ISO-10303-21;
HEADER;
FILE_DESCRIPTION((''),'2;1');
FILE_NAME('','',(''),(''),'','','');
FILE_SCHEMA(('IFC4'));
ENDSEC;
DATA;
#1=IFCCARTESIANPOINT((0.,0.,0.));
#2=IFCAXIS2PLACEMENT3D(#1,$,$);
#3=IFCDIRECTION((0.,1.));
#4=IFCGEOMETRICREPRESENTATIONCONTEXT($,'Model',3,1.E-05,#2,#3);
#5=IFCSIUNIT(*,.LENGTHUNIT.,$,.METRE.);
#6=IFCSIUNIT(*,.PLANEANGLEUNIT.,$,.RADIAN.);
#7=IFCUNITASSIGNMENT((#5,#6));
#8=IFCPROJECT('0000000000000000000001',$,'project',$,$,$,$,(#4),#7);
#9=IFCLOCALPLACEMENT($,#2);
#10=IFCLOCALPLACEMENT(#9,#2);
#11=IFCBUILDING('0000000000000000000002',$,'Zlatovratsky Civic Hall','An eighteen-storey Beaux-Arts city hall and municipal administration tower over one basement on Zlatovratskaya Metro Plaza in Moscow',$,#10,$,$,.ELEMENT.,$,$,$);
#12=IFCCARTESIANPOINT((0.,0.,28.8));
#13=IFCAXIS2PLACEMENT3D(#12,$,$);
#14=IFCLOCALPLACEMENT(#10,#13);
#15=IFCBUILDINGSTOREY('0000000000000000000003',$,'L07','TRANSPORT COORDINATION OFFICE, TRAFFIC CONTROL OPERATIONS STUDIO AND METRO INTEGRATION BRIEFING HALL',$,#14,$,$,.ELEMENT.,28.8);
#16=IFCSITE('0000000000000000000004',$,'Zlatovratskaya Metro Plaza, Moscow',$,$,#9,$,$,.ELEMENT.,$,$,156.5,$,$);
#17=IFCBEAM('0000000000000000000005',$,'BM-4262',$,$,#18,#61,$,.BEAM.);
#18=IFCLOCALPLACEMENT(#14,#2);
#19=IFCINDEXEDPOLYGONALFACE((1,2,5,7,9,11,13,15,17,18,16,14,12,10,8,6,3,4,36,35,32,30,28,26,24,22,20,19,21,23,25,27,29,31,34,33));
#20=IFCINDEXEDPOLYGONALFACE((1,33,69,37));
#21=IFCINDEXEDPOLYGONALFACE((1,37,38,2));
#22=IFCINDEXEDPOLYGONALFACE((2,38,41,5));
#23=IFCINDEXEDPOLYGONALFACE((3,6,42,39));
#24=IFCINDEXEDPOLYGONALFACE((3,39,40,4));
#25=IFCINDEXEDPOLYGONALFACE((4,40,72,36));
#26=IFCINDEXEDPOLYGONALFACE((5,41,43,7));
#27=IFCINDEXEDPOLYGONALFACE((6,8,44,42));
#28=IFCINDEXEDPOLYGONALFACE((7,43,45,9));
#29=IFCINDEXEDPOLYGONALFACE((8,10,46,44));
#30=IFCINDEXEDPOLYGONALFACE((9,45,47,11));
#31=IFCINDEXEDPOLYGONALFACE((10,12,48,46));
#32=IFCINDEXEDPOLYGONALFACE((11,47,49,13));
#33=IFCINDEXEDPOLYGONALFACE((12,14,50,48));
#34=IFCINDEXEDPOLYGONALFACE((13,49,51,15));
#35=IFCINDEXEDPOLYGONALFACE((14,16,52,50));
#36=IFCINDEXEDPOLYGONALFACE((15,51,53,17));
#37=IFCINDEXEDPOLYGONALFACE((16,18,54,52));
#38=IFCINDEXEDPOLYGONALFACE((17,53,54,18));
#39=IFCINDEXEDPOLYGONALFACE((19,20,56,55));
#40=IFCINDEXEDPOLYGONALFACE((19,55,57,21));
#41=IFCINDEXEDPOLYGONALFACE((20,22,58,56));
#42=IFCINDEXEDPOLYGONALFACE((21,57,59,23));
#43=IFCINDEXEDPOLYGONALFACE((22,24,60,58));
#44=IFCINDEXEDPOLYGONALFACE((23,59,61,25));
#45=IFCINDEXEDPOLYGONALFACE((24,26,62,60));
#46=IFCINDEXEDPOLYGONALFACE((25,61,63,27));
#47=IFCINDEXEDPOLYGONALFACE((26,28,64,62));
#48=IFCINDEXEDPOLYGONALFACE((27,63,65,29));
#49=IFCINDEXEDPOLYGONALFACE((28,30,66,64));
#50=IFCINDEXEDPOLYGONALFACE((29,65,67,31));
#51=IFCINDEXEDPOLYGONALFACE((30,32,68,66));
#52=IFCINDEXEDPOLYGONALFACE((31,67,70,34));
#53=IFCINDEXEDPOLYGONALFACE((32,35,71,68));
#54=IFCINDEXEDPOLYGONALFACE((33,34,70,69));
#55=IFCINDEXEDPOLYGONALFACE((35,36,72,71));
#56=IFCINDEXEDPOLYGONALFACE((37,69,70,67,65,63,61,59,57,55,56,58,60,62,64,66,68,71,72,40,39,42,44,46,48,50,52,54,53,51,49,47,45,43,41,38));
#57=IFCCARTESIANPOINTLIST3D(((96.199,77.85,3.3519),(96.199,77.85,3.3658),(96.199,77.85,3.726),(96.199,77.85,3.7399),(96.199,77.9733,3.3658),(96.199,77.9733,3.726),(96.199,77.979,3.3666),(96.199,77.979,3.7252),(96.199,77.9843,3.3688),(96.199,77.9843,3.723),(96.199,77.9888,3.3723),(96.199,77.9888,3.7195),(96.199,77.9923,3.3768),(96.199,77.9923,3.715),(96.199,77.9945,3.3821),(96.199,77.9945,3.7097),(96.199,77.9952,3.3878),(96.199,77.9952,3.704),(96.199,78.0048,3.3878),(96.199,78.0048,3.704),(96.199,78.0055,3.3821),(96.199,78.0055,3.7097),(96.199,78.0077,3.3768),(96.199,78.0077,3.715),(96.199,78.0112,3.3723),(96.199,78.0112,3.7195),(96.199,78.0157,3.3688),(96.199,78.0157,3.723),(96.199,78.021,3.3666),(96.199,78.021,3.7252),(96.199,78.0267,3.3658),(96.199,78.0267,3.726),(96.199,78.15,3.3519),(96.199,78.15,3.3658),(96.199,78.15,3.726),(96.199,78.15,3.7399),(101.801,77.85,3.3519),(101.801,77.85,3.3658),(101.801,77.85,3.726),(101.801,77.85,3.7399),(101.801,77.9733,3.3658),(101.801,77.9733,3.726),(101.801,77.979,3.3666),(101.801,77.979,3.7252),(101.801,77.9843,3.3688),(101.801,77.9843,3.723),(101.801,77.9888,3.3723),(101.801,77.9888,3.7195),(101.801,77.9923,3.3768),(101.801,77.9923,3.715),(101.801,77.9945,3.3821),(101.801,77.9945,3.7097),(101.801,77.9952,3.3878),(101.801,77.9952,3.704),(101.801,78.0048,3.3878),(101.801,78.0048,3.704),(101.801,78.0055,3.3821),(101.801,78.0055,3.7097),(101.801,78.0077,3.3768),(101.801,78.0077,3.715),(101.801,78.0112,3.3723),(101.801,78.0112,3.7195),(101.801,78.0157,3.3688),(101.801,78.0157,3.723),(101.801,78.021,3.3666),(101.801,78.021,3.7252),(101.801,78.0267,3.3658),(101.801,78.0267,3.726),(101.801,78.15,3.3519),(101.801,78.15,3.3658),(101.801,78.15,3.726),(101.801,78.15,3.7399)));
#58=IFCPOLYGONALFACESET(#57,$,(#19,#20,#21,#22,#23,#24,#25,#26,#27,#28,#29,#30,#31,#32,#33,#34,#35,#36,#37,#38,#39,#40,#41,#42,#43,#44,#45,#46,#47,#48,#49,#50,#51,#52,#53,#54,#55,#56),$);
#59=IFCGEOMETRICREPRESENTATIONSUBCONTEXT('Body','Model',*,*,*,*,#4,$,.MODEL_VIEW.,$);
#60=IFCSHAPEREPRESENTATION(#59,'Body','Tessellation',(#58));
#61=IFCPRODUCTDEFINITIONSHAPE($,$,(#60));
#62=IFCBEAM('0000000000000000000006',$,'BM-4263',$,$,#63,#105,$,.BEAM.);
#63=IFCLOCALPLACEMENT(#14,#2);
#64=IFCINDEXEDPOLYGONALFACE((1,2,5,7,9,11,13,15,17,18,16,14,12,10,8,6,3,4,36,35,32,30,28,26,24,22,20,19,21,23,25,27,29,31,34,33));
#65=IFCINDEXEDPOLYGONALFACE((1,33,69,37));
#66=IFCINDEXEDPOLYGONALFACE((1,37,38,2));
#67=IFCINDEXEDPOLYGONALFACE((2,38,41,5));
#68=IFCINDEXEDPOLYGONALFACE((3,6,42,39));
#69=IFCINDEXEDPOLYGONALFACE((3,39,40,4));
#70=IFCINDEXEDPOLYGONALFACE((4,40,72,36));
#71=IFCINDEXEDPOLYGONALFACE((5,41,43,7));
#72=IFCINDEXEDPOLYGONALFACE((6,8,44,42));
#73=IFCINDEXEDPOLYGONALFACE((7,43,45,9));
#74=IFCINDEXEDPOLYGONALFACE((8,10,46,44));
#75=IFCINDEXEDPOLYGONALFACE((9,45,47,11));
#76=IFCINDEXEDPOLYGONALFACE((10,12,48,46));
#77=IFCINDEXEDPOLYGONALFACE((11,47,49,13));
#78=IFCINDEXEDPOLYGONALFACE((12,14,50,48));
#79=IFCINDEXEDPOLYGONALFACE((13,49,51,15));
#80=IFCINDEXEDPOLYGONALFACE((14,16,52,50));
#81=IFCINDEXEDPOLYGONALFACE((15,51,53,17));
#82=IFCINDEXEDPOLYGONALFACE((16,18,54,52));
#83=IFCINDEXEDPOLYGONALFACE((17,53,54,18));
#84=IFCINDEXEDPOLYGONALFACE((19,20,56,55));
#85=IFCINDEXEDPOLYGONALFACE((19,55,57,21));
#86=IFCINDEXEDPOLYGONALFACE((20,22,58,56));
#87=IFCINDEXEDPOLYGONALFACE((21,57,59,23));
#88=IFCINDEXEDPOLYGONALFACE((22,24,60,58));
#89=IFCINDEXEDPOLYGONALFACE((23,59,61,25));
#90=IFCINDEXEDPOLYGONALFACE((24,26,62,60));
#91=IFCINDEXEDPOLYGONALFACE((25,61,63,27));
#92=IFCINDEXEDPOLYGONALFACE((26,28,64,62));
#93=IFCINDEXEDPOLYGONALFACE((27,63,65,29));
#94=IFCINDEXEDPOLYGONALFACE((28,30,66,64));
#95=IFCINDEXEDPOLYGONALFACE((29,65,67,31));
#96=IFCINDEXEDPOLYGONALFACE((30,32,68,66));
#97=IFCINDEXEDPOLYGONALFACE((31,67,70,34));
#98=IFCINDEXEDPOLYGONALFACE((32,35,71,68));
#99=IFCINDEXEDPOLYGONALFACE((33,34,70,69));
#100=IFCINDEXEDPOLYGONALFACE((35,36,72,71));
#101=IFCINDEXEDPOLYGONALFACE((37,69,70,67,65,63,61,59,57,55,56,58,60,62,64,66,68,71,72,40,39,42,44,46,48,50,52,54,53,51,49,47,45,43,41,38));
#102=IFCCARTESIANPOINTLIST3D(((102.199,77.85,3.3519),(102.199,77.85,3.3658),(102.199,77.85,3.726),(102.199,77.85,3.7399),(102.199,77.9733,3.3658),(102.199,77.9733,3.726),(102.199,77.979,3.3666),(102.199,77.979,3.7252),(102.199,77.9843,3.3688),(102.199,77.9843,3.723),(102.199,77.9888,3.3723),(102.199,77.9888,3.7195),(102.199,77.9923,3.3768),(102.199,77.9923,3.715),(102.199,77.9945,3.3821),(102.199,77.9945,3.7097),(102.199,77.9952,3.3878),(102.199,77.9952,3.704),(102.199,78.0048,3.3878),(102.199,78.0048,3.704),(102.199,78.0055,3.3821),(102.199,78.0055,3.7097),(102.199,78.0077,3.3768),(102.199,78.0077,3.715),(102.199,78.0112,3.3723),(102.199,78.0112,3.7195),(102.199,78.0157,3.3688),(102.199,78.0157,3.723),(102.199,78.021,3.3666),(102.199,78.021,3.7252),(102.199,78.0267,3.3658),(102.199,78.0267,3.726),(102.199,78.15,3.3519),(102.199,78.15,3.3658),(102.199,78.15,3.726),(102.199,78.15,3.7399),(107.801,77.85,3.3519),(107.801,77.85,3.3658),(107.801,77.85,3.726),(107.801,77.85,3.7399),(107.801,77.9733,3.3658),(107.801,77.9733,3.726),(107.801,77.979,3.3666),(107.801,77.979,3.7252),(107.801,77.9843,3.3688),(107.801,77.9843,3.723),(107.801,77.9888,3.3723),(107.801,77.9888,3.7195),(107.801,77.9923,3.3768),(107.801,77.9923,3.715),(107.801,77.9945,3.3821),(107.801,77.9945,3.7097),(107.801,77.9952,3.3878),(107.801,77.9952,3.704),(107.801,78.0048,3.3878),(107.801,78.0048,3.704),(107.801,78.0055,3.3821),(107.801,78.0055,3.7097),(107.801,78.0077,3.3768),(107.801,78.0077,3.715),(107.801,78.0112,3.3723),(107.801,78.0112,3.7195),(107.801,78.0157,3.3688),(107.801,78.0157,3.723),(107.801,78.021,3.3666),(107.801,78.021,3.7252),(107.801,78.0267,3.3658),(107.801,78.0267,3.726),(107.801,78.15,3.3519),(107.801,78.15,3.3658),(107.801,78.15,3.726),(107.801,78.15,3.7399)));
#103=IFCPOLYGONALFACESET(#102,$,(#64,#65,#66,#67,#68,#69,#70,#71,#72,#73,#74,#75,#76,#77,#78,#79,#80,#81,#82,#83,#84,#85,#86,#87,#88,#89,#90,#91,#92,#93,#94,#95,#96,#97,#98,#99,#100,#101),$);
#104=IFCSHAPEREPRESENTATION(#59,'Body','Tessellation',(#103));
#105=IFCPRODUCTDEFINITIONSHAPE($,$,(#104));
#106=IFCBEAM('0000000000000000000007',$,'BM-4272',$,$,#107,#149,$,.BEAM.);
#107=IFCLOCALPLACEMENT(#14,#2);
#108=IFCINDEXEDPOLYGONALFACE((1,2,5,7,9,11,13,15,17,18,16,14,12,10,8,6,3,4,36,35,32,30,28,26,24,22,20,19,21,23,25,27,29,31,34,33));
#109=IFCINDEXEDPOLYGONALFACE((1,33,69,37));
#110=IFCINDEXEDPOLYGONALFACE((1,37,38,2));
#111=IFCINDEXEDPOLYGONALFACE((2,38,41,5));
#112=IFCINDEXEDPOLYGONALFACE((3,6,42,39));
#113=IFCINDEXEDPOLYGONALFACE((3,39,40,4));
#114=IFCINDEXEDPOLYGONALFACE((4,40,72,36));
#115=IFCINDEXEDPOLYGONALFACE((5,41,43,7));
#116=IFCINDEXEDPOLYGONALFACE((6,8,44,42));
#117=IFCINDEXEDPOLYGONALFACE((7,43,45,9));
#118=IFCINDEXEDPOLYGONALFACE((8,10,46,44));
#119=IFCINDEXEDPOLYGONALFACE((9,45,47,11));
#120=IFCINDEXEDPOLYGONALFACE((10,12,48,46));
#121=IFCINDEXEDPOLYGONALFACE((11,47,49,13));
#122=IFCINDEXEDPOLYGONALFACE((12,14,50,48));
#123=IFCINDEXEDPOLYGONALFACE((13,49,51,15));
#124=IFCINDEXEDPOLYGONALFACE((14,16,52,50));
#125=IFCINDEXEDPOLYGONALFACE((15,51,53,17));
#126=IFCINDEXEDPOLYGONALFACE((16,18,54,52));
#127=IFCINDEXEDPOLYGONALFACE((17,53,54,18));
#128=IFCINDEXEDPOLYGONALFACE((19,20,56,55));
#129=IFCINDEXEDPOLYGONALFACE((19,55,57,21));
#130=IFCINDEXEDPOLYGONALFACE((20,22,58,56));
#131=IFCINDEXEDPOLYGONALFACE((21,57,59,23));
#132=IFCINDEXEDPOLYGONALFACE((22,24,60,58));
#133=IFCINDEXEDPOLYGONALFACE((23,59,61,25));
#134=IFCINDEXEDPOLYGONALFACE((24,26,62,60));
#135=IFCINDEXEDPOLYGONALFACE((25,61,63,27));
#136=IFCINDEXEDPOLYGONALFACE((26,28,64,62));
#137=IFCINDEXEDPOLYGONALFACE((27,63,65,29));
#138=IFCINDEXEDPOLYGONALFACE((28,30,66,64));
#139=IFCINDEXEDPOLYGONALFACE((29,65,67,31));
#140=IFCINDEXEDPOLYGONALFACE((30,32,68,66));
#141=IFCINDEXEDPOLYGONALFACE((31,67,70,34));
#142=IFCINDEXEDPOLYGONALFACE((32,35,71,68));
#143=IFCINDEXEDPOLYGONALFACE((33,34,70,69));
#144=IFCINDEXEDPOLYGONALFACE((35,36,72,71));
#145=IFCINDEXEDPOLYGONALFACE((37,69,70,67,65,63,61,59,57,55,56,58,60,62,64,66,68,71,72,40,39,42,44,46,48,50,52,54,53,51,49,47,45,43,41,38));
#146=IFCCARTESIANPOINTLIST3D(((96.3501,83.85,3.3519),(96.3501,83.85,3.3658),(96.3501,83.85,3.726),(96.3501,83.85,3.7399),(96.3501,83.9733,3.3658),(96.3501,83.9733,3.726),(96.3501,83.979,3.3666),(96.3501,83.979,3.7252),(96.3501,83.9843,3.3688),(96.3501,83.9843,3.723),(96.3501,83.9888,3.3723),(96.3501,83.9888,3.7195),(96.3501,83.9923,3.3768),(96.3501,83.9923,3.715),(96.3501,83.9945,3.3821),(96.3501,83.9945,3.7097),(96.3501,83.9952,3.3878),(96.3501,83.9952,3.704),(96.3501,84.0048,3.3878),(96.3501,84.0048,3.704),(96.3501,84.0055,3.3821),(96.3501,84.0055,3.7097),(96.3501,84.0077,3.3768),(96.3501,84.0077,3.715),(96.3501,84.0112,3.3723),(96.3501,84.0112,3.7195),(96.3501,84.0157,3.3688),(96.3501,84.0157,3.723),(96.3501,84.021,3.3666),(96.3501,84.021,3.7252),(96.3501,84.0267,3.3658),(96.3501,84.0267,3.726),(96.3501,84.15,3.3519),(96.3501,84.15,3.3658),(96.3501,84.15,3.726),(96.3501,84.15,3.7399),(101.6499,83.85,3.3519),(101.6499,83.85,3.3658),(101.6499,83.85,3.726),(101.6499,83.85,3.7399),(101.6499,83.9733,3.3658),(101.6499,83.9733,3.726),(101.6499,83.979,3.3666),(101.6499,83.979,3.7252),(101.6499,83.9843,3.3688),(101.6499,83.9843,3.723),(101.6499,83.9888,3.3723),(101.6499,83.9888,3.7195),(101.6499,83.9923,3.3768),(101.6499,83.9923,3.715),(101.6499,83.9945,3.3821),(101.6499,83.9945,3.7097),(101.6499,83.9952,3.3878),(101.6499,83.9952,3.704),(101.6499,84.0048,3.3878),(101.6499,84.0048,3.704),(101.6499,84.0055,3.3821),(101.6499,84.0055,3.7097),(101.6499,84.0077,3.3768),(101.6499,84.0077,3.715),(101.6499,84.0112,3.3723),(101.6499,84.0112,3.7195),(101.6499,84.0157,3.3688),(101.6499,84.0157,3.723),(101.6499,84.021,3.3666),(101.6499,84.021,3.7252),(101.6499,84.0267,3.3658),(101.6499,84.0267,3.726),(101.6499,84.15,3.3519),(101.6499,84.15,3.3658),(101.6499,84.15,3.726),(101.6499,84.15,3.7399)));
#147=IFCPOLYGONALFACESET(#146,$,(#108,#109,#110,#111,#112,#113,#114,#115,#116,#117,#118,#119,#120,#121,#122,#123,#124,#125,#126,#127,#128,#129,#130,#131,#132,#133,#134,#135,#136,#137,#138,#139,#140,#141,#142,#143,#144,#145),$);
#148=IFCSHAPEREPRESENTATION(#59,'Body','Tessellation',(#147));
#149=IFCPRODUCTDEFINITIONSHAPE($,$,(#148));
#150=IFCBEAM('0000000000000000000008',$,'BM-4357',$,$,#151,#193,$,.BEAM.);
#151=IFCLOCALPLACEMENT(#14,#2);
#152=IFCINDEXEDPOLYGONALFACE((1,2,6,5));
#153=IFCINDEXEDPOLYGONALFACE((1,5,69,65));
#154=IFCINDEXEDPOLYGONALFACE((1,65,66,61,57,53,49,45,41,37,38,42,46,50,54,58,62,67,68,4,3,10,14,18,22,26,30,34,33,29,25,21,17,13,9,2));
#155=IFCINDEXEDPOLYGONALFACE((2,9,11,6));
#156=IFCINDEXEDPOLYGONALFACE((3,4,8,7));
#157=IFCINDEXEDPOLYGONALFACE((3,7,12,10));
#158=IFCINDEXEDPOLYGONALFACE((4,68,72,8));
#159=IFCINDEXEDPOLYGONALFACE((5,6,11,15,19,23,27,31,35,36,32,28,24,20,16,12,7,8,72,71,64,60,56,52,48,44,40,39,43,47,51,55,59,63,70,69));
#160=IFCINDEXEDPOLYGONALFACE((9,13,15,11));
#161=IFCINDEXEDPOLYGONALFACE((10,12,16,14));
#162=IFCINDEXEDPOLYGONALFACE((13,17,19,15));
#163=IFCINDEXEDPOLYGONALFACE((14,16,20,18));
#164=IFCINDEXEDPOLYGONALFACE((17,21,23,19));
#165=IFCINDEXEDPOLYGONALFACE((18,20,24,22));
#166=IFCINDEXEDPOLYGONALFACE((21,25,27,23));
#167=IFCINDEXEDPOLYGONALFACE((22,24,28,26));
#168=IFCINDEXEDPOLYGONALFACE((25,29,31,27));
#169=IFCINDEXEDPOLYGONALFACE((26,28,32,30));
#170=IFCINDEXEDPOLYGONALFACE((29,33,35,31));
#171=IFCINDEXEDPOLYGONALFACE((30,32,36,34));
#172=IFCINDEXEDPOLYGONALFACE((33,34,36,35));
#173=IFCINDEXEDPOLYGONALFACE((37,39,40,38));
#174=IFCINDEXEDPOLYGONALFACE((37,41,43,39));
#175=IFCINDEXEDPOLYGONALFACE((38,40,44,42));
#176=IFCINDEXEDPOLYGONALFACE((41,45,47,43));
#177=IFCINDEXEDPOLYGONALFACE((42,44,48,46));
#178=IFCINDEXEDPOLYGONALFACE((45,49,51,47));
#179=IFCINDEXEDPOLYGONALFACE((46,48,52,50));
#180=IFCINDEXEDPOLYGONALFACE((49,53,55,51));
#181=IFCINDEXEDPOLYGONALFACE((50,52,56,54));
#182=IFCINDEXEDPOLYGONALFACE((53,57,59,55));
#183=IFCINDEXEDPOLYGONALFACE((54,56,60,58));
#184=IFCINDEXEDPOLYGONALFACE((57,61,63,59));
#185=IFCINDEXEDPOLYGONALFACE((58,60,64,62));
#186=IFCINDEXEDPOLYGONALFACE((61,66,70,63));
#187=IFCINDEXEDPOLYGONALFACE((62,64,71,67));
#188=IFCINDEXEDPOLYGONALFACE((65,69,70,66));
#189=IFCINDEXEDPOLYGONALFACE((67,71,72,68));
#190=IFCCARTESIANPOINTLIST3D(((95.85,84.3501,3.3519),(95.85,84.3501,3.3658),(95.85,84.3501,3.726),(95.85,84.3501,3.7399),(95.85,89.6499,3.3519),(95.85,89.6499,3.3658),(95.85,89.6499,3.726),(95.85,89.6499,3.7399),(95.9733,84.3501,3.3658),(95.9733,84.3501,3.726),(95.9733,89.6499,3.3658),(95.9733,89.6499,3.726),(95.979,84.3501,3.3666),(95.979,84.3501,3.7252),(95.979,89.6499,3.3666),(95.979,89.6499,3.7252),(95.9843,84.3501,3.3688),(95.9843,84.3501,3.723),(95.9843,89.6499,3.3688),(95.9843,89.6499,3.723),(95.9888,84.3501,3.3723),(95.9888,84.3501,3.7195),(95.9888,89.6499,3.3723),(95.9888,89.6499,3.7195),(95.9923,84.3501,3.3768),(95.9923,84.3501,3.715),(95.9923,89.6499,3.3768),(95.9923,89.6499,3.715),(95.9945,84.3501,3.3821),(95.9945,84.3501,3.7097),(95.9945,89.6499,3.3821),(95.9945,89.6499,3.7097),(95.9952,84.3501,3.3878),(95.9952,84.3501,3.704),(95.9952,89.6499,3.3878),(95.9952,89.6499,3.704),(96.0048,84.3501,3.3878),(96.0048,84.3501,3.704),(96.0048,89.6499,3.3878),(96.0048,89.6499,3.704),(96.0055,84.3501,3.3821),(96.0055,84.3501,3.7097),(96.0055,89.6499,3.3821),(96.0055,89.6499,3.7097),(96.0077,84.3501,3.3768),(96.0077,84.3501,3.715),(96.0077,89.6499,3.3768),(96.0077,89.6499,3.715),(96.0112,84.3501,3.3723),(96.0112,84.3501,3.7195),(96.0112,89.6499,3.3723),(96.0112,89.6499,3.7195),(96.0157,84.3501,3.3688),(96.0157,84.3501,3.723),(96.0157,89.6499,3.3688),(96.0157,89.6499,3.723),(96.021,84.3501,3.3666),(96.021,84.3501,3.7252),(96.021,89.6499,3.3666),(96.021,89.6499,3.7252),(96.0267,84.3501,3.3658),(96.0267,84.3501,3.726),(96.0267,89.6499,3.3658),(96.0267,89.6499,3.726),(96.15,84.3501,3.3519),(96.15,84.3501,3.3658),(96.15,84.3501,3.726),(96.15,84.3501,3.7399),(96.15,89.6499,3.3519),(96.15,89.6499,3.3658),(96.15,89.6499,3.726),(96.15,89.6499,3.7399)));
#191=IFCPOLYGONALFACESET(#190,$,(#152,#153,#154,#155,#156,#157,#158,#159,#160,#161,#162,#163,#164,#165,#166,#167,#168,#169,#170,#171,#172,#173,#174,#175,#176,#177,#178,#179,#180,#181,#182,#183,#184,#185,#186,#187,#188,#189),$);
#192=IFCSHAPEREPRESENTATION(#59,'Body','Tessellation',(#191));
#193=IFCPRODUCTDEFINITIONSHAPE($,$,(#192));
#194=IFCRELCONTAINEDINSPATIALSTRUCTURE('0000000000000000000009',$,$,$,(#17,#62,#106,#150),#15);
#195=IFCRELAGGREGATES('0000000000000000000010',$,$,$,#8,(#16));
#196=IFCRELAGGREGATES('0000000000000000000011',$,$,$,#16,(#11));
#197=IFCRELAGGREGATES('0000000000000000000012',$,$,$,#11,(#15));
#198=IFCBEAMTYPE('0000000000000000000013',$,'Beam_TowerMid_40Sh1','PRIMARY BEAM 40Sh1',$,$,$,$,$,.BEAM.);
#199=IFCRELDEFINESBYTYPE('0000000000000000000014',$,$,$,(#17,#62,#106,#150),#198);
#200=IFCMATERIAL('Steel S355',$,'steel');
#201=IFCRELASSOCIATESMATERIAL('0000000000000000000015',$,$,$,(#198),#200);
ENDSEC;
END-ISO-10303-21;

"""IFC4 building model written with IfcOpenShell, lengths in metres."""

from ifc_helpers import new_model, si_unit, direction, frame, origin, origin_2d, place, context, subcontext, project, spatial, i_section, extrude, material, material_profile, profile_set, type_object, element, save


model = new_model("IFC4")

# Units and contexts
model_context = context("Model", 3, precision=1e-05, world=origin(), true_north=direction((0.0, 1.0)))
body_context = subcontext(model_context, "Body", "Model", "MODEL_VIEW")
ifc_project = project(units=[si_unit("LENGTHUNIT", "METRE"), si_unit("PLANEANGLEUNIT", "RADIAN")], contexts=[model_context])

# Site, building, storey
site_placement = place(None, origin())
site = spatial("IfcSite", under=ifc_project, at=site_placement, Name="Zlatovratskaya Metro Plaza, Moscow", CompositionType="ELEMENT", RefElevation=156.5)
building_placement = place(site_placement, origin())
building = spatial("IfcBuilding", under=site, at=building_placement, Name="Zlatovratsky Civic Hall", Description="An eighteen-storey Beaux-Arts city hall and municipal administration tower over one basement on Zlatovratskaya Metro Plaza in Moscow", CompositionType="ELEMENT")
storey_placement = place(building_placement, frame((0.0, 0.0, 28.8)))
storey = spatial("IfcBuildingStorey", under=building, at=storey_placement, Name="L07", Description="TRANSPORT COORDINATION OFFICE, TRAFFIC CONTROL OPERATIONS STUDIO AND METRO INTEGRATION BRIEFING HALL", CompositionType="ELEMENT", Elevation=28.8)

# Shared definitions
ifc_material_1 = material(Name="Steel S355", Category="steel")

# Beams
ifc_material_profile_1 = material_profile(ifc_material_1, i_section(OverallWidth=0.3, OverallDepth=0.3879, WebThickness=0.0095, FlangeThickness=0.0139, FilletRadius=0.022, at=origin_2d()), Name="40Sh1")
ifc_profile_set_1 = profile_set([ifc_material_profile_1], Name="Steel S355")
beam_type_1 = type_object("IfcBeamType", Name="Beam_TowerMid_40Sh1", Description="PRIMARY BEAM 40Sh1", PredefinedType="BEAM", material=ifc_profile_set_1)
for number, where, z_axis, x_axis, name in (
    (1, (96.199, 78.0, 3.5459), (1.0, 0.0, 0.0), (0.0, 1.0, 0.0), "BM-4262"),
    (2, (102.199, 78.0, 3.5459), (1.0, 0.0, 0.0), (0.0, 1.0, 0.0), "BM-4263"),
):
    element("IfcBeam", number, at=place(storey_placement, frame(where, z_axis=z_axis, x_axis=x_axis)), inside=storey, type_object=beam_type_1, Name=name, PredefinedType="BEAM", context=body_context, shape_type="SweptSolid", body=[
        extrude(i_section(OverallWidth=0.3, OverallDepth=0.3879, WebThickness=0.0095, FlangeThickness=0.0139, FilletRadius=0.022, at=origin_2d()), origin(), (0.0, 0.0, 1.0), 5.6021),
    ])
for number, where, z_axis, x_axis, name in (
    (3, (96.3501, 84.0, 3.5459), (1.0, 0.0, 0.0), (0.0, 1.0, 0.0), "BM-4272"),
    (4, (96.0, 84.3501, 3.5459), (0.0, 1.0, 0.0), (-1.0, 0.0, 0.0), "BM-4357"),
):
    element("IfcBeam", number, at=place(storey_placement, frame(where, z_axis=z_axis, x_axis=x_axis)), inside=storey, type_object=beam_type_1, Name=name, PredefinedType="BEAM", context=body_context, shape_type="SweptSolid", body=[
        extrude(i_section(OverallWidth=0.3, OverallDepth=0.3879, WebThickness=0.0095, FlangeThickness=0.0139, FilletRadius=0.022, at=origin_2d()), origin(), (0.0, 0.0, 1.0), 5.2998),
    ])

save(model, "model.ifc")
